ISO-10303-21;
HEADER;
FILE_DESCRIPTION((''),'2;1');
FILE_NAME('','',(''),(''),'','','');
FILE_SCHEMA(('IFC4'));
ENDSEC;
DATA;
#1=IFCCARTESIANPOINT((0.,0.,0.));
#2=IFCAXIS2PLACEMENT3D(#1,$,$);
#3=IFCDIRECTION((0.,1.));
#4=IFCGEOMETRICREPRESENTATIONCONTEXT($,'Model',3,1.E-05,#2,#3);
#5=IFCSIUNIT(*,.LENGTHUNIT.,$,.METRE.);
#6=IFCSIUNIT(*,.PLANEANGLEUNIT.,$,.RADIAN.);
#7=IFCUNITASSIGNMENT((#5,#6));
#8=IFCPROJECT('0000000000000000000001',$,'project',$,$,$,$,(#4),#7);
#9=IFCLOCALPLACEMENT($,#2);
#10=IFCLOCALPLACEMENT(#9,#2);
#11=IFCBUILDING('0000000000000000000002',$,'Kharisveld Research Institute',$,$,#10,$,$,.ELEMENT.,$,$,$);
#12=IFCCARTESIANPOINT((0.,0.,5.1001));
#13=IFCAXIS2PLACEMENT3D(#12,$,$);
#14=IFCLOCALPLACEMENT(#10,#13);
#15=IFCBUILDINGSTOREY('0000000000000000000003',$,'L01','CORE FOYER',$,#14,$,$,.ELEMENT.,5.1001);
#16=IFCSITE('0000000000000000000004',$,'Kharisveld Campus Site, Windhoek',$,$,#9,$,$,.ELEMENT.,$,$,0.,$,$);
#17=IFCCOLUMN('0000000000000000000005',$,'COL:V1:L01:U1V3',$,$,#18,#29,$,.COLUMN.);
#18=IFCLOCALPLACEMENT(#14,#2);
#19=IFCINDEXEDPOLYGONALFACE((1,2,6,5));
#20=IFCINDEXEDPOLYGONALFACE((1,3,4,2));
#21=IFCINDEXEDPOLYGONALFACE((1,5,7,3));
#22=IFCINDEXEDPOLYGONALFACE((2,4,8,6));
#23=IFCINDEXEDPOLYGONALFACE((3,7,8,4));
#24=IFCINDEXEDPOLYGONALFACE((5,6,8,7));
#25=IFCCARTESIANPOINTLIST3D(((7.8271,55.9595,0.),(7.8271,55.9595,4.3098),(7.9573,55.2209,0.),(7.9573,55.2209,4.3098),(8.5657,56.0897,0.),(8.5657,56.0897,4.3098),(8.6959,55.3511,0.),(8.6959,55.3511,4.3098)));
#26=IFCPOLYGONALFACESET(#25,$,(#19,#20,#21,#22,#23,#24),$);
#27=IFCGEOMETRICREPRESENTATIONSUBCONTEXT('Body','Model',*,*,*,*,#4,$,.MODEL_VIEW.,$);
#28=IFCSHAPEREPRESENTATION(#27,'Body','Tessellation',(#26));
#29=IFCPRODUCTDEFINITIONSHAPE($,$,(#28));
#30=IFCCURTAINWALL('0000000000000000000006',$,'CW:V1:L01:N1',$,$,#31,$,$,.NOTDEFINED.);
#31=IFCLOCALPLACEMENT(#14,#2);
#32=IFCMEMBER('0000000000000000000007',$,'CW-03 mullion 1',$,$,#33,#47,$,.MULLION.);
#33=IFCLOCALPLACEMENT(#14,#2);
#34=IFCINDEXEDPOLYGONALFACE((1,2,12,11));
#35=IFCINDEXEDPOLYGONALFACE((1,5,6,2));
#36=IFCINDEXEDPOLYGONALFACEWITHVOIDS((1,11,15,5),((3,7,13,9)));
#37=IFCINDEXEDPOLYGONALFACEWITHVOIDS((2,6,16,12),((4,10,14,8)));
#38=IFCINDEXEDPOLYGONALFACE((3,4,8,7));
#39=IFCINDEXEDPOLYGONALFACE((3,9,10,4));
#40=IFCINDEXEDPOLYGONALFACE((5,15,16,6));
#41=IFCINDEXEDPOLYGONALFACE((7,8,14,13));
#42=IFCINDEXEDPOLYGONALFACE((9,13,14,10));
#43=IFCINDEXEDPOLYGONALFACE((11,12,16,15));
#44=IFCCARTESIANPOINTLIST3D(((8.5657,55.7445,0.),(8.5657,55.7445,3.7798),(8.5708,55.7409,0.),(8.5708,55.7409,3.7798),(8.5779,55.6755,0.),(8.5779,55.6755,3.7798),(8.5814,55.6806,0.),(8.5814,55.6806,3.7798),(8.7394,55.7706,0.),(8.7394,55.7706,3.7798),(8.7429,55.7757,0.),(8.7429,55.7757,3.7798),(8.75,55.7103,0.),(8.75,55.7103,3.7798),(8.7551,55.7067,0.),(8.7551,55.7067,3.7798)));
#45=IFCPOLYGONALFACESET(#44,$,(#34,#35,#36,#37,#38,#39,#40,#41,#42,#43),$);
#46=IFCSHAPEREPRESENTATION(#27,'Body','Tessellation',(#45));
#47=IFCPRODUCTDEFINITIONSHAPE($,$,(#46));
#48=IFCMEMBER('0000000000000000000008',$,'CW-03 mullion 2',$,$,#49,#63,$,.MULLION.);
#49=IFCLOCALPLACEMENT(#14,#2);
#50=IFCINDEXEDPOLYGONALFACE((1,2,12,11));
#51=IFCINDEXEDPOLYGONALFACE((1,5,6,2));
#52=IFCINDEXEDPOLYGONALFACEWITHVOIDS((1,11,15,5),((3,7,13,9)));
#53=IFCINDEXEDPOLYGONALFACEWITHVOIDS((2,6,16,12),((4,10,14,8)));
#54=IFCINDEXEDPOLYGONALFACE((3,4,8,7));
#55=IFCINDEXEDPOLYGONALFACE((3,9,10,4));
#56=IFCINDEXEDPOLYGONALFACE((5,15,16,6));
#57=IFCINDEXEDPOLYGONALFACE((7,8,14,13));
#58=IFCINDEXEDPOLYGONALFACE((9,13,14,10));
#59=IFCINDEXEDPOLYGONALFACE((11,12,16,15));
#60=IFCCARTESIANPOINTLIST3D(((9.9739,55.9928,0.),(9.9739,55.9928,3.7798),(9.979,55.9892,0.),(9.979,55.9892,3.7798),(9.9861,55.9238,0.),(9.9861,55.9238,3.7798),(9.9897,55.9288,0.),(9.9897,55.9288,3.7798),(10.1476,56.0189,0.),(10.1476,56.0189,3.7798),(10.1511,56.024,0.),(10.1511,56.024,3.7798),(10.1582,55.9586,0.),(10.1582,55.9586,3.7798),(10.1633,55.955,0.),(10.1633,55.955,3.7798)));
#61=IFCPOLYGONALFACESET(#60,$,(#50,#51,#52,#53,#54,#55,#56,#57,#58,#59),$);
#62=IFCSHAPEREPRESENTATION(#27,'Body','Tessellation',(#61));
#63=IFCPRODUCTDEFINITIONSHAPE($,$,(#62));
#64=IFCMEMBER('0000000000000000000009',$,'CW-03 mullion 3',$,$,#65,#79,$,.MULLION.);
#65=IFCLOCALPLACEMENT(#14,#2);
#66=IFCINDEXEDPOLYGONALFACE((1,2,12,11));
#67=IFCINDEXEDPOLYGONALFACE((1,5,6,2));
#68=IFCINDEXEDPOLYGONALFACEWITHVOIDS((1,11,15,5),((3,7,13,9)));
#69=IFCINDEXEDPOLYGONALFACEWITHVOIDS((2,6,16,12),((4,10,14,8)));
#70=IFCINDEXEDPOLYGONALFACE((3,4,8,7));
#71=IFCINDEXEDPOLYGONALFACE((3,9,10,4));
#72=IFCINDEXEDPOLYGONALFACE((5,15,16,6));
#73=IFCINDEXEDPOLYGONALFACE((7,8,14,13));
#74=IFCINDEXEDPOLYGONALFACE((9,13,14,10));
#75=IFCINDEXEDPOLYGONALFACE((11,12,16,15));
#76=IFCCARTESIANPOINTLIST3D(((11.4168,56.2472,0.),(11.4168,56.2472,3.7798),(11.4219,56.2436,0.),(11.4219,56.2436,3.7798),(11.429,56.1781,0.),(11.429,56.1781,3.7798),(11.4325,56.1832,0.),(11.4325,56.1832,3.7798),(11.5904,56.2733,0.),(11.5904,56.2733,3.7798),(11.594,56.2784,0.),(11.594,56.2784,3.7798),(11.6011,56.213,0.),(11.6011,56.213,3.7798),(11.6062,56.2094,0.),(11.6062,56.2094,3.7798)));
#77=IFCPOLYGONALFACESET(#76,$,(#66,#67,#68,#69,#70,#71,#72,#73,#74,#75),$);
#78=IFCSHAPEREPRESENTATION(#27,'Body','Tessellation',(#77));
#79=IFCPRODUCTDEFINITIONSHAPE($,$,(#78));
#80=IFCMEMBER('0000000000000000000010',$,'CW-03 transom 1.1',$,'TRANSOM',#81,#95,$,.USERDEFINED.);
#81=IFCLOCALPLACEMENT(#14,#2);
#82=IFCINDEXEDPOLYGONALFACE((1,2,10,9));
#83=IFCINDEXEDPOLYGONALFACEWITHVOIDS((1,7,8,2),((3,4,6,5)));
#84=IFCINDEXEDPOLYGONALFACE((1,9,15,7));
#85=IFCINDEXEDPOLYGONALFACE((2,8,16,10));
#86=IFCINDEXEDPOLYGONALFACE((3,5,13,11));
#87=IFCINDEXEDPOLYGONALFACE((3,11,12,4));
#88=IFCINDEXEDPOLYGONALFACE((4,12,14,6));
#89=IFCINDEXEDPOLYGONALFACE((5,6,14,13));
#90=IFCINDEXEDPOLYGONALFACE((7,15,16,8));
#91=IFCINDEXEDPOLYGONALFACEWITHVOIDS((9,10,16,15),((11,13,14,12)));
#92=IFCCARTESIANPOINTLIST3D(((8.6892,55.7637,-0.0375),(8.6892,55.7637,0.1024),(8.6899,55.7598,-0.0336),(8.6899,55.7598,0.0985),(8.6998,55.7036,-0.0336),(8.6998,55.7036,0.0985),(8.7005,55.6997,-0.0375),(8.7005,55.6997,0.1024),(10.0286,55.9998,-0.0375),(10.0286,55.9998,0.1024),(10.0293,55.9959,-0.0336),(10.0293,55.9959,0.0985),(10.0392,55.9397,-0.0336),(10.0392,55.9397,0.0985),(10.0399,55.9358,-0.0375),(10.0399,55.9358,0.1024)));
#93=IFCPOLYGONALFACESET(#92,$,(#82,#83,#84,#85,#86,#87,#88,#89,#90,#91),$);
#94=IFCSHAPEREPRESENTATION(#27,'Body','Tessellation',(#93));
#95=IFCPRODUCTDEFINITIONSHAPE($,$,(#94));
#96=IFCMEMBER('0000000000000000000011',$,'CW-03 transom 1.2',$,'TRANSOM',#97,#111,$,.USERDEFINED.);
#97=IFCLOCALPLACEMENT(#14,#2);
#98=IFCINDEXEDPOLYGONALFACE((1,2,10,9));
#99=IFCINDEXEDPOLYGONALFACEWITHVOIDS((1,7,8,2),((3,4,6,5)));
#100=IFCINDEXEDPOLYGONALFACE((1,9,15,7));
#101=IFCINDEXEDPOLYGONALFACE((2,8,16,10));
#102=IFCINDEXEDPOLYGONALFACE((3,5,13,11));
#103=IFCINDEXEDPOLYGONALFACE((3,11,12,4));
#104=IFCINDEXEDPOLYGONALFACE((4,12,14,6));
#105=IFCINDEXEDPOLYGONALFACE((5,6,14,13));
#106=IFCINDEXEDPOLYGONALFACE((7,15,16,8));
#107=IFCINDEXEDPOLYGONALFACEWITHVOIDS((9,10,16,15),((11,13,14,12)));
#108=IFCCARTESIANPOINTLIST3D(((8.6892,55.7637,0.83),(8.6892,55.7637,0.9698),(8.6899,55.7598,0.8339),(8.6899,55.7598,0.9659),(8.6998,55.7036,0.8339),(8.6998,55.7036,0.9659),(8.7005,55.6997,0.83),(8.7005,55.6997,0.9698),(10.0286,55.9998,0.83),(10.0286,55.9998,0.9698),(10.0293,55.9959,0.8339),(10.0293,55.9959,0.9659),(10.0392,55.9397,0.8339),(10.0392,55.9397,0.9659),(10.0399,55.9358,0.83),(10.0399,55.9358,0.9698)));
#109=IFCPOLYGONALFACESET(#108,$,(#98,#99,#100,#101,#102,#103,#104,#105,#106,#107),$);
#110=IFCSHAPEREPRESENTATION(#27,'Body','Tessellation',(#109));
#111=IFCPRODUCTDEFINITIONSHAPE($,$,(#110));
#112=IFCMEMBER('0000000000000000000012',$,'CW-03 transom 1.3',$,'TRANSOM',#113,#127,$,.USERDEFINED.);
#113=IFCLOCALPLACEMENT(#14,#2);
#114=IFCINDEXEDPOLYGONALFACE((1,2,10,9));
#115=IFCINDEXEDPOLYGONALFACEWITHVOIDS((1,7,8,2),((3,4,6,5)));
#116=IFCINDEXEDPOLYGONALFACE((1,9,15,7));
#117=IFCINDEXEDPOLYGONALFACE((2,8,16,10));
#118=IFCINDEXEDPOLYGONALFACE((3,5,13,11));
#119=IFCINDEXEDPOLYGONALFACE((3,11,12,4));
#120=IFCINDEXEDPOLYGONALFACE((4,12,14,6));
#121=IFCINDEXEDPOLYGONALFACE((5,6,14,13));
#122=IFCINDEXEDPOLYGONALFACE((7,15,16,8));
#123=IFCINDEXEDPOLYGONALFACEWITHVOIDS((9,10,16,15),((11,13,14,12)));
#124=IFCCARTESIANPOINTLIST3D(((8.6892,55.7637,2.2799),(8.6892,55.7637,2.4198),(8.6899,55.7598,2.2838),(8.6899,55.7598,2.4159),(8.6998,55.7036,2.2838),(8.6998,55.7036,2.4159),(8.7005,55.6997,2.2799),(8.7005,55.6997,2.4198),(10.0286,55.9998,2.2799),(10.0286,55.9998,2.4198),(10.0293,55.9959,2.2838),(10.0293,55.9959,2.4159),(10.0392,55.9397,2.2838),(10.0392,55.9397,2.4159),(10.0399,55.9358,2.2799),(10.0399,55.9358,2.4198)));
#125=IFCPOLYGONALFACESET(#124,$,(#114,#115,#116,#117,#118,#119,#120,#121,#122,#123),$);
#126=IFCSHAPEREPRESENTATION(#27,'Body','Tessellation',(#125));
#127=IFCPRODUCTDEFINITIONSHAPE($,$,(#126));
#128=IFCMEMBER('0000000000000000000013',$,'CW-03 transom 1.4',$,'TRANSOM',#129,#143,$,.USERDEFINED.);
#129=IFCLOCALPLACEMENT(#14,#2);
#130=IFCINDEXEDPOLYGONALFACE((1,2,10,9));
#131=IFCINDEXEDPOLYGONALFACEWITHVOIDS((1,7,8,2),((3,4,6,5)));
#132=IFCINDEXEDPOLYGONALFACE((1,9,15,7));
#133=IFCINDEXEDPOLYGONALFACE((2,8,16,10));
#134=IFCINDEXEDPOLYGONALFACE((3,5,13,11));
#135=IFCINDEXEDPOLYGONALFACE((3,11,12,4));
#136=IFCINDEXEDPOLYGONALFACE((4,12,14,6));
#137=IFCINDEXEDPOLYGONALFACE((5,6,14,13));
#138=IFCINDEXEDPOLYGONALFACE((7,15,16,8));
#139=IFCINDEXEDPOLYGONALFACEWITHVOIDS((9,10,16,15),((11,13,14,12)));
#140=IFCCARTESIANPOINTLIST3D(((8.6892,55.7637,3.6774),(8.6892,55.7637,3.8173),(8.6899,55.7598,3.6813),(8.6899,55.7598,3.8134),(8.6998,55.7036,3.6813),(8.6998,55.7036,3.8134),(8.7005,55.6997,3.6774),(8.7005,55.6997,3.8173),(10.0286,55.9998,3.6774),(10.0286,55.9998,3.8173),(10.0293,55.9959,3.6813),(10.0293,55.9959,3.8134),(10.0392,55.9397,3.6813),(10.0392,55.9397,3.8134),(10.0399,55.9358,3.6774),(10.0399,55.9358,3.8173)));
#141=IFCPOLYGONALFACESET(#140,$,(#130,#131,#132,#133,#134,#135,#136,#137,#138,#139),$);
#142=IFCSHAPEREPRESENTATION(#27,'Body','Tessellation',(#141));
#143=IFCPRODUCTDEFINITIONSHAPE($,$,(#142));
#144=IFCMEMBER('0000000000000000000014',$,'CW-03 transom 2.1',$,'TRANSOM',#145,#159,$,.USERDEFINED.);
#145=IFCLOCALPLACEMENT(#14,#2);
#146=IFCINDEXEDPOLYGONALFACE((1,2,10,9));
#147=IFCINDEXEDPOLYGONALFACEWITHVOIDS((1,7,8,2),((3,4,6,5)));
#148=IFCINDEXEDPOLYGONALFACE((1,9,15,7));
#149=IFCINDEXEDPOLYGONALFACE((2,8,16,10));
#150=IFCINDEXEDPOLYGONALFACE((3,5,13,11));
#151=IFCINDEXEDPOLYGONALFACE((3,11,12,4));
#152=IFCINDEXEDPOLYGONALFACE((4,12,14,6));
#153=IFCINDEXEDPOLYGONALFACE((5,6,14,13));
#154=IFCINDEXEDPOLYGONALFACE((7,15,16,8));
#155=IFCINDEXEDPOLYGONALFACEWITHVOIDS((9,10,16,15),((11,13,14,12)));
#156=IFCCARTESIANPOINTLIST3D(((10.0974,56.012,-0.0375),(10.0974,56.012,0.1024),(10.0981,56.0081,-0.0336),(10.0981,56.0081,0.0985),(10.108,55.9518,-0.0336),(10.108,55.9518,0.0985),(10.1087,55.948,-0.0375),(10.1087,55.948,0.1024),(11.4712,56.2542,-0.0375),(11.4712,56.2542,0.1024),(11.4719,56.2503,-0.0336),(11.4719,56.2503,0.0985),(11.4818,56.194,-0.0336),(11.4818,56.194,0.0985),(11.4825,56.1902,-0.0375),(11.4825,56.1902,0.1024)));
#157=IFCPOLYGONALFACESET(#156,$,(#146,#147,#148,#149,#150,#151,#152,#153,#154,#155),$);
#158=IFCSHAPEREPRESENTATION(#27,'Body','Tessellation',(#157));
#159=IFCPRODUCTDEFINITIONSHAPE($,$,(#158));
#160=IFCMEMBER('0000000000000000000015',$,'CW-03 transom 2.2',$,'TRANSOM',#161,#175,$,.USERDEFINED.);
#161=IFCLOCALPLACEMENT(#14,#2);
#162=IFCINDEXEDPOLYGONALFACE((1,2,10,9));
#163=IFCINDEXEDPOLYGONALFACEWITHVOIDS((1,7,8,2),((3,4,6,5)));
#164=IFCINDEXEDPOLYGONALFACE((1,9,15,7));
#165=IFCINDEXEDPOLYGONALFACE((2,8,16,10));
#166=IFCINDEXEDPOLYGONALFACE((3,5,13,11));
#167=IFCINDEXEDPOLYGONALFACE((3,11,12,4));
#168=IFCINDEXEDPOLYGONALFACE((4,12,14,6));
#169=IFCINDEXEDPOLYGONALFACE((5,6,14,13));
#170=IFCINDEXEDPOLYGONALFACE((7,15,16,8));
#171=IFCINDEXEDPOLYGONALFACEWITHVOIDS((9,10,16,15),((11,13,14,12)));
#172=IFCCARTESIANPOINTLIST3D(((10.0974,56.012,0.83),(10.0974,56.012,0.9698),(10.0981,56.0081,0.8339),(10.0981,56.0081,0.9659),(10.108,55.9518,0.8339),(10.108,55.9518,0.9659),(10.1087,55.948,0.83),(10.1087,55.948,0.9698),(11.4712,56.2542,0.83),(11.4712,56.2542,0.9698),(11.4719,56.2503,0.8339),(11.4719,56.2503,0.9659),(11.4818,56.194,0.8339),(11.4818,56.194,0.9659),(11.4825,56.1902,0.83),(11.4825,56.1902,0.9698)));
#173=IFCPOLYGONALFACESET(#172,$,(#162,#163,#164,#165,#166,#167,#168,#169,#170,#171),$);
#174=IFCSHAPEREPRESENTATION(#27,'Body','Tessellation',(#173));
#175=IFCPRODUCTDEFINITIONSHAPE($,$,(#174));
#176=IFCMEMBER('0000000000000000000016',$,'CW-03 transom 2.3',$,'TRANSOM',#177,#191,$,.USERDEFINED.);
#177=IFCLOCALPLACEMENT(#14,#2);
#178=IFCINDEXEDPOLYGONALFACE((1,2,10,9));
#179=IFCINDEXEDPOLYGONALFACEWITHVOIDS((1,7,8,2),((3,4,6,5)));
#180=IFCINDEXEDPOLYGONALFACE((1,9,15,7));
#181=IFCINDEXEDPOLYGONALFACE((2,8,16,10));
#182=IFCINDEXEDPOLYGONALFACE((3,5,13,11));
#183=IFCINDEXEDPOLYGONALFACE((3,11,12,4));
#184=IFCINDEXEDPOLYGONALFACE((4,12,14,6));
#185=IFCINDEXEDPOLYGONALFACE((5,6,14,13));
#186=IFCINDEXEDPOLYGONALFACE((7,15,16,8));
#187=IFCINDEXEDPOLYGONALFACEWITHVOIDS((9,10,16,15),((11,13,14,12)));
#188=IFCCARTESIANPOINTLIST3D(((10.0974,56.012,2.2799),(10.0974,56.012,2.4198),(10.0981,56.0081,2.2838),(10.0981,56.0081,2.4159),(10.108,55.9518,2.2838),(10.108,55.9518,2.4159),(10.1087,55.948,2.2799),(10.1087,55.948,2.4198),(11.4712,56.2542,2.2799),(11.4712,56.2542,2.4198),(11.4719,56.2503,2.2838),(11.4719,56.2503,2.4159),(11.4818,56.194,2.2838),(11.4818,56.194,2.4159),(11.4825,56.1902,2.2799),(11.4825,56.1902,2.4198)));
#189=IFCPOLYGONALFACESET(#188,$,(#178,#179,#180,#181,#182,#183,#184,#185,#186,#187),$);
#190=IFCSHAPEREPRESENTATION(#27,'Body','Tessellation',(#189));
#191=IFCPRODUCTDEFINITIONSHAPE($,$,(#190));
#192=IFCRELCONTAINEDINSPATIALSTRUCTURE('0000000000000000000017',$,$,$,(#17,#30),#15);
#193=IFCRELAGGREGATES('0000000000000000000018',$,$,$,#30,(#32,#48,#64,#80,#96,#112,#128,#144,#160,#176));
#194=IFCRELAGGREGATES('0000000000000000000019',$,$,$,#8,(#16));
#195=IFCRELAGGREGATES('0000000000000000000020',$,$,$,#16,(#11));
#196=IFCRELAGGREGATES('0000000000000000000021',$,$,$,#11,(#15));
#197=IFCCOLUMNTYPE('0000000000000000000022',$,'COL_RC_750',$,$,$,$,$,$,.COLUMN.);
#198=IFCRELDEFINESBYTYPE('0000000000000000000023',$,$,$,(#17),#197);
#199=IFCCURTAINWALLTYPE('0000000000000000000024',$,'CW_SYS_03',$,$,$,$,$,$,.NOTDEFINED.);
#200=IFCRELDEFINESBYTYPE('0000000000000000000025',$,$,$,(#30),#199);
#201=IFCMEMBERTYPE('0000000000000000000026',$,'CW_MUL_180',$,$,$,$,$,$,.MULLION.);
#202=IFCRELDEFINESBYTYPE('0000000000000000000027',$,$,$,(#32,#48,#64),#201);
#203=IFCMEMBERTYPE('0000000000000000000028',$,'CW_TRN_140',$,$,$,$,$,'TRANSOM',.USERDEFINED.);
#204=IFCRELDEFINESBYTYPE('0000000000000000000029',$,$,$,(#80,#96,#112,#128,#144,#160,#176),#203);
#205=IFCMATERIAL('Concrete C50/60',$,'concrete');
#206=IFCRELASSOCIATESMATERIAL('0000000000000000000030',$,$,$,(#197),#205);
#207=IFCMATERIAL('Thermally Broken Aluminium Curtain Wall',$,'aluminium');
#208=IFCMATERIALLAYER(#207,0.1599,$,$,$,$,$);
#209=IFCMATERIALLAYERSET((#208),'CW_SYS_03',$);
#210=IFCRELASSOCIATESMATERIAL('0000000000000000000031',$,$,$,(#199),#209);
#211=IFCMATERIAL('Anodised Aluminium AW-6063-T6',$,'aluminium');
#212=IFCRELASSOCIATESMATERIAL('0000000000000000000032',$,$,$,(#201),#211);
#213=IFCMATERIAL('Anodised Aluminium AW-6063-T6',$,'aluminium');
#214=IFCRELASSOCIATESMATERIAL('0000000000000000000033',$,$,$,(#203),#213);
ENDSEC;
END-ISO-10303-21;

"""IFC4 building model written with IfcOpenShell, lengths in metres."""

from ifc_helpers import new_model, si_unit, direction, frame, origin, origin_2d, place, context, subcontext, project, spatial, rectangle, hollow_rectangle, extrude, material, layer, layer_set, material_profile, profile_set, type_object, element, aggregate, save


model = new_model("IFC4")

# Units and contexts
model_context = context("Model", 3, precision=1e-05, world=origin(), true_north=direction((0.0, 1.0)))
body_context = subcontext(model_context, "Body", "Model", "MODEL_VIEW")
ifc_project = project(units=[si_unit("LENGTHUNIT", "METRE"), si_unit("PLANEANGLEUNIT", "RADIAN")], contexts=[model_context])

# Site, building, storey
site_placement = place(None, origin())
site = spatial("IfcSite", under=ifc_project, at=site_placement, Name="Kharisveld Campus Site, Windhoek", CompositionType="ELEMENT", RefElevation=0.0)
building_placement = place(site_placement, origin())
building = spatial("IfcBuilding", under=site, at=building_placement, Name="Kharisveld Research Institute", CompositionType="ELEMENT")
storey_placement = place(building_placement, frame((0.0, 0.0, 5.1001)))
storey = spatial("IfcBuildingStorey", under=building, at=storey_placement, Name="L01", Description="CORE FOYER", CompositionType="ELEMENT", Elevation=5.1001)

# Column
ifc_material_1 = material(Name="Concrete C50/60", Category="concrete")
ifc_material_profile_1 = material_profile(ifc_material_1, rectangle(XDim=0.75, YDim=0.75, at=origin_2d()))
ifc_profile_set_1 = profile_set([ifc_material_profile_1], Name="Concrete C50/60")
column_type = type_object("IfcColumnType", Name="COL_RC_750", PredefinedType="COLUMN", material=ifc_profile_set_1)
column_placement = place(storey_placement, frame((8.2615, 55.6553, 0.0), z_axis=(0.0, 0.0, 1.0), x_axis=(0.984808, 0.173648, 0.0)))
element("IfcColumn", 1, at=column_placement, inside=storey, type_object=column_type, Name="COL:V1:L01:U1V3", PredefinedType="COLUMN", context=body_context, shape_type="SweptSolid", body=[
    extrude(rectangle(XDim=0.75, YDim=0.75, at=origin_2d()), origin(), (0.0, 0.0, 1.0), 4.3098),
])

# Curtain wall, members
ifc_material_2 = material(Name="Thermally Broken Aluminium Curtain Wall", Category="aluminium")
ifc_layer_1 = layer(ifc_material_2, 0.1599)
ifc_layer_set_1 = layer_set([ifc_layer_1], Name="CW_SYS_03")
curtain_wall_type = type_object("IfcCurtainWallType", Name="CW_SYS_03", PredefinedType="NOTDEFINED", material=ifc_layer_set_1)
curtain_wall_placement = place(storey_placement, origin())
curtain_wall = element("IfcCurtainWall", 2, at=curtain_wall_placement, inside=storey, type_object=curtain_wall_type, Name="CW:V1:L01:N1", PredefinedType="NOTDEFINED")
ifc_material_3 = material(Name="Anodised Aluminium AW-6063-T6", Category="aluminium")
ifc_material_profile_2 = material_profile(ifc_material_3, hollow_rectangle(XDim=0.0701, YDim=0.1799, WallThickness=0.0044, at=origin_2d()))
ifc_profile_set_2 = profile_set([ifc_material_profile_2], Name="Anodised Aluminium AW-6063-T6")
member_type_1 = type_object("IfcMemberType", Name="CW_MUL_180", PredefinedType="MULLION", material=ifc_profile_set_2)
member_1_placement = place(storey_placement, frame((8.6604, 55.7256, 0.0), z_axis=(0.0, 0.0, 1.0), x_axis=(-0.173648, 0.984808, 0.0)))
member_1 = element("IfcMember", 3, at=member_1_placement, type_object=member_type_1, Name="CW-03 mullion 1", PredefinedType="MULLION", context=body_context, shape_type="SweptSolid", body=[
    extrude(hollow_rectangle(XDim=0.0701, YDim=0.1799, WallThickness=0.0044, at=origin_2d()), origin(), (0.0, 0.0, 1.0), 3.7798),
])
member_2_placement = place(storey_placement, frame((10.0686, 55.9739, 0.0), z_axis=(0.0, 0.0, 1.0), x_axis=(-0.173648, 0.984808, 0.0)))
member_2 = element("IfcMember", 4, at=member_2_placement, type_object=member_type_1, Name="CW-03 mullion 2", PredefinedType="MULLION", context=body_context, shape_type="SweptSolid", body=[
    extrude(hollow_rectangle(XDim=0.0701, YDim=0.1799, WallThickness=0.0044, at=origin_2d()), origin(), (0.0, 0.0, 1.0), 3.7798),
])
member_3_placement = place(storey_placement, frame((11.5115, 56.2283, 0.0), z_axis=(0.0, 0.0, 1.0), x_axis=(-0.173648, 0.984808, 0.0)))
member_3 = element("IfcMember", 5, at=member_3_placement, type_object=member_type_1, Name="CW-03 mullion 3", PredefinedType="MULLION", context=body_context, shape_type="SweptSolid", body=[
    extrude(hollow_rectangle(XDim=0.0701, YDim=0.1799, WallThickness=0.0044, at=origin_2d()), origin(), (0.0, 0.0, 1.0), 3.7798),
])
ifc_material_4 = material(Name="Anodised Aluminium AW-6063-T6", Category="aluminium")
ifc_material_profile_3 = material_profile(ifc_material_4, hollow_rectangle(XDim=0.0649, YDim=0.1399, WallThickness=0.0039, at=origin_2d()))
ifc_profile_set_3 = profile_set([ifc_material_profile_3], Name="Anodised Aluminium AW-6063-T6")
member_type_2 = type_object("IfcMemberType", Name="CW_TRN_140", ElementType="TRANSOM", PredefinedType="USERDEFINED", material=ifc_profile_set_3)
member_4_placement = place(storey_placement, frame((8.6948, 55.7317, 0.0325), z_axis=(0.984818, 0.173591, 0.0), x_axis=(-0.173591, 0.984818, 0.0)))
member_4 = element("IfcMember", 6, at=member_4_placement, type_object=member_type_2, Name="CW-03 transom 1.1", ObjectType="TRANSOM", PredefinedType="USERDEFINED", context=body_context, shape_type="SweptSolid", body=[
    extrude(hollow_rectangle(XDim=0.0649, YDim=0.1399, WallThickness=0.0039, at=origin_2d()), origin(), (0.0, 0.0, 1.0), 1.3601),
])
member_5_placement = place(storey_placement, frame((8.6948, 55.7317, 0.8999), z_axis=(0.984818, 0.173591, 0.0), x_axis=(-0.173591, 0.984818, 0.0)))
member_5 = element("IfcMember", 7, at=member_5_placement, type_object=member_type_2, Name="CW-03 transom 1.2", ObjectType="TRANSOM", PredefinedType="USERDEFINED", context=body_context, shape_type="SweptSolid", body=[
    extrude(hollow_rectangle(XDim=0.0649, YDim=0.1399, WallThickness=0.0039, at=origin_2d()), origin(), (0.0, 0.0, 1.0), 1.3601),
])
member_6_placement = place(storey_placement, frame((8.6948, 55.7317, 2.3499), z_axis=(0.984818, 0.173591, 0.0), x_axis=(-0.173591, 0.984818, 0.0)))
member_6 = element("IfcMember", 8, at=member_6_placement, type_object=member_type_2, Name="CW-03 transom 1.3", ObjectType="TRANSOM", PredefinedType="USERDEFINED", context=body_context, shape_type="SweptSolid", body=[
    extrude(hollow_rectangle(XDim=0.0649, YDim=0.1399, WallThickness=0.0039, at=origin_2d()), origin(), (0.0, 0.0, 1.0), 1.3601),
])
member_7_placement = place(storey_placement, frame((8.6948, 55.7317, 3.7473), z_axis=(0.984818, 0.173591, 0.0), x_axis=(-0.173591, 0.984818, 0.0)))
member_7 = element("IfcMember", 9, at=member_7_placement, type_object=member_type_2, Name="CW-03 transom 1.4", ObjectType="TRANSOM", PredefinedType="USERDEFINED", context=body_context, shape_type="SweptSolid", body=[
    extrude(hollow_rectangle(XDim=0.0649, YDim=0.1399, WallThickness=0.0039, at=origin_2d()), origin(), (0.0, 0.0, 1.0), 1.3601),
])
member_8_placement = place(storey_placement, frame((10.103, 55.98, 0.0325), z_axis=(0.984813, 0.173616, 0.0), x_axis=(-0.173616, 0.984813, 0.0)))
member_8 = element("IfcMember", 10, at=member_8_placement, type_object=member_type_2, Name="CW-03 transom 2.1", ObjectType="TRANSOM", PredefinedType="USERDEFINED", context=body_context, shape_type="SweptSolid", body=[
    extrude(hollow_rectangle(XDim=0.0649, YDim=0.1399, WallThickness=0.0039, at=origin_2d()), origin(), (0.0, 0.0, 1.0), 1.395),
])
member_9_placement = place(storey_placement, frame((10.103, 55.98, 0.8999), z_axis=(0.984813, 0.173616, 0.0), x_axis=(-0.173616, 0.984813, 0.0)))
member_9 = element("IfcMember", 11, at=member_9_placement, type_object=member_type_2, Name="CW-03 transom 2.2", ObjectType="TRANSOM", PredefinedType="USERDEFINED", context=body_context, shape_type="SweptSolid", body=[
    extrude(hollow_rectangle(XDim=0.0649, YDim=0.1399, WallThickness=0.0039, at=origin_2d()), origin(), (0.0, 0.0, 1.0), 1.395),
])
member_10_placement = place(storey_placement, frame((10.103, 55.98, 2.3499), z_axis=(0.984813, 0.173616, 0.0), x_axis=(-0.173616, 0.984813, 0.0)))
member_10 = element("IfcMember", 12, at=member_10_placement, type_object=member_type_2, Name="CW-03 transom 2.3", ObjectType="TRANSOM", PredefinedType="USERDEFINED", context=body_context, shape_type="SweptSolid", body=[
    extrude(hollow_rectangle(XDim=0.0649, YDim=0.1399, WallThickness=0.0039, at=origin_2d()), origin(), (0.0, 0.0, 1.0), 1.395),
])

aggregate(curtain_wall, [member_1, member_2, member_3, member_4, member_5, member_6, member_7, member_8, member_9, member_10])

save(model, "model.ifc")
